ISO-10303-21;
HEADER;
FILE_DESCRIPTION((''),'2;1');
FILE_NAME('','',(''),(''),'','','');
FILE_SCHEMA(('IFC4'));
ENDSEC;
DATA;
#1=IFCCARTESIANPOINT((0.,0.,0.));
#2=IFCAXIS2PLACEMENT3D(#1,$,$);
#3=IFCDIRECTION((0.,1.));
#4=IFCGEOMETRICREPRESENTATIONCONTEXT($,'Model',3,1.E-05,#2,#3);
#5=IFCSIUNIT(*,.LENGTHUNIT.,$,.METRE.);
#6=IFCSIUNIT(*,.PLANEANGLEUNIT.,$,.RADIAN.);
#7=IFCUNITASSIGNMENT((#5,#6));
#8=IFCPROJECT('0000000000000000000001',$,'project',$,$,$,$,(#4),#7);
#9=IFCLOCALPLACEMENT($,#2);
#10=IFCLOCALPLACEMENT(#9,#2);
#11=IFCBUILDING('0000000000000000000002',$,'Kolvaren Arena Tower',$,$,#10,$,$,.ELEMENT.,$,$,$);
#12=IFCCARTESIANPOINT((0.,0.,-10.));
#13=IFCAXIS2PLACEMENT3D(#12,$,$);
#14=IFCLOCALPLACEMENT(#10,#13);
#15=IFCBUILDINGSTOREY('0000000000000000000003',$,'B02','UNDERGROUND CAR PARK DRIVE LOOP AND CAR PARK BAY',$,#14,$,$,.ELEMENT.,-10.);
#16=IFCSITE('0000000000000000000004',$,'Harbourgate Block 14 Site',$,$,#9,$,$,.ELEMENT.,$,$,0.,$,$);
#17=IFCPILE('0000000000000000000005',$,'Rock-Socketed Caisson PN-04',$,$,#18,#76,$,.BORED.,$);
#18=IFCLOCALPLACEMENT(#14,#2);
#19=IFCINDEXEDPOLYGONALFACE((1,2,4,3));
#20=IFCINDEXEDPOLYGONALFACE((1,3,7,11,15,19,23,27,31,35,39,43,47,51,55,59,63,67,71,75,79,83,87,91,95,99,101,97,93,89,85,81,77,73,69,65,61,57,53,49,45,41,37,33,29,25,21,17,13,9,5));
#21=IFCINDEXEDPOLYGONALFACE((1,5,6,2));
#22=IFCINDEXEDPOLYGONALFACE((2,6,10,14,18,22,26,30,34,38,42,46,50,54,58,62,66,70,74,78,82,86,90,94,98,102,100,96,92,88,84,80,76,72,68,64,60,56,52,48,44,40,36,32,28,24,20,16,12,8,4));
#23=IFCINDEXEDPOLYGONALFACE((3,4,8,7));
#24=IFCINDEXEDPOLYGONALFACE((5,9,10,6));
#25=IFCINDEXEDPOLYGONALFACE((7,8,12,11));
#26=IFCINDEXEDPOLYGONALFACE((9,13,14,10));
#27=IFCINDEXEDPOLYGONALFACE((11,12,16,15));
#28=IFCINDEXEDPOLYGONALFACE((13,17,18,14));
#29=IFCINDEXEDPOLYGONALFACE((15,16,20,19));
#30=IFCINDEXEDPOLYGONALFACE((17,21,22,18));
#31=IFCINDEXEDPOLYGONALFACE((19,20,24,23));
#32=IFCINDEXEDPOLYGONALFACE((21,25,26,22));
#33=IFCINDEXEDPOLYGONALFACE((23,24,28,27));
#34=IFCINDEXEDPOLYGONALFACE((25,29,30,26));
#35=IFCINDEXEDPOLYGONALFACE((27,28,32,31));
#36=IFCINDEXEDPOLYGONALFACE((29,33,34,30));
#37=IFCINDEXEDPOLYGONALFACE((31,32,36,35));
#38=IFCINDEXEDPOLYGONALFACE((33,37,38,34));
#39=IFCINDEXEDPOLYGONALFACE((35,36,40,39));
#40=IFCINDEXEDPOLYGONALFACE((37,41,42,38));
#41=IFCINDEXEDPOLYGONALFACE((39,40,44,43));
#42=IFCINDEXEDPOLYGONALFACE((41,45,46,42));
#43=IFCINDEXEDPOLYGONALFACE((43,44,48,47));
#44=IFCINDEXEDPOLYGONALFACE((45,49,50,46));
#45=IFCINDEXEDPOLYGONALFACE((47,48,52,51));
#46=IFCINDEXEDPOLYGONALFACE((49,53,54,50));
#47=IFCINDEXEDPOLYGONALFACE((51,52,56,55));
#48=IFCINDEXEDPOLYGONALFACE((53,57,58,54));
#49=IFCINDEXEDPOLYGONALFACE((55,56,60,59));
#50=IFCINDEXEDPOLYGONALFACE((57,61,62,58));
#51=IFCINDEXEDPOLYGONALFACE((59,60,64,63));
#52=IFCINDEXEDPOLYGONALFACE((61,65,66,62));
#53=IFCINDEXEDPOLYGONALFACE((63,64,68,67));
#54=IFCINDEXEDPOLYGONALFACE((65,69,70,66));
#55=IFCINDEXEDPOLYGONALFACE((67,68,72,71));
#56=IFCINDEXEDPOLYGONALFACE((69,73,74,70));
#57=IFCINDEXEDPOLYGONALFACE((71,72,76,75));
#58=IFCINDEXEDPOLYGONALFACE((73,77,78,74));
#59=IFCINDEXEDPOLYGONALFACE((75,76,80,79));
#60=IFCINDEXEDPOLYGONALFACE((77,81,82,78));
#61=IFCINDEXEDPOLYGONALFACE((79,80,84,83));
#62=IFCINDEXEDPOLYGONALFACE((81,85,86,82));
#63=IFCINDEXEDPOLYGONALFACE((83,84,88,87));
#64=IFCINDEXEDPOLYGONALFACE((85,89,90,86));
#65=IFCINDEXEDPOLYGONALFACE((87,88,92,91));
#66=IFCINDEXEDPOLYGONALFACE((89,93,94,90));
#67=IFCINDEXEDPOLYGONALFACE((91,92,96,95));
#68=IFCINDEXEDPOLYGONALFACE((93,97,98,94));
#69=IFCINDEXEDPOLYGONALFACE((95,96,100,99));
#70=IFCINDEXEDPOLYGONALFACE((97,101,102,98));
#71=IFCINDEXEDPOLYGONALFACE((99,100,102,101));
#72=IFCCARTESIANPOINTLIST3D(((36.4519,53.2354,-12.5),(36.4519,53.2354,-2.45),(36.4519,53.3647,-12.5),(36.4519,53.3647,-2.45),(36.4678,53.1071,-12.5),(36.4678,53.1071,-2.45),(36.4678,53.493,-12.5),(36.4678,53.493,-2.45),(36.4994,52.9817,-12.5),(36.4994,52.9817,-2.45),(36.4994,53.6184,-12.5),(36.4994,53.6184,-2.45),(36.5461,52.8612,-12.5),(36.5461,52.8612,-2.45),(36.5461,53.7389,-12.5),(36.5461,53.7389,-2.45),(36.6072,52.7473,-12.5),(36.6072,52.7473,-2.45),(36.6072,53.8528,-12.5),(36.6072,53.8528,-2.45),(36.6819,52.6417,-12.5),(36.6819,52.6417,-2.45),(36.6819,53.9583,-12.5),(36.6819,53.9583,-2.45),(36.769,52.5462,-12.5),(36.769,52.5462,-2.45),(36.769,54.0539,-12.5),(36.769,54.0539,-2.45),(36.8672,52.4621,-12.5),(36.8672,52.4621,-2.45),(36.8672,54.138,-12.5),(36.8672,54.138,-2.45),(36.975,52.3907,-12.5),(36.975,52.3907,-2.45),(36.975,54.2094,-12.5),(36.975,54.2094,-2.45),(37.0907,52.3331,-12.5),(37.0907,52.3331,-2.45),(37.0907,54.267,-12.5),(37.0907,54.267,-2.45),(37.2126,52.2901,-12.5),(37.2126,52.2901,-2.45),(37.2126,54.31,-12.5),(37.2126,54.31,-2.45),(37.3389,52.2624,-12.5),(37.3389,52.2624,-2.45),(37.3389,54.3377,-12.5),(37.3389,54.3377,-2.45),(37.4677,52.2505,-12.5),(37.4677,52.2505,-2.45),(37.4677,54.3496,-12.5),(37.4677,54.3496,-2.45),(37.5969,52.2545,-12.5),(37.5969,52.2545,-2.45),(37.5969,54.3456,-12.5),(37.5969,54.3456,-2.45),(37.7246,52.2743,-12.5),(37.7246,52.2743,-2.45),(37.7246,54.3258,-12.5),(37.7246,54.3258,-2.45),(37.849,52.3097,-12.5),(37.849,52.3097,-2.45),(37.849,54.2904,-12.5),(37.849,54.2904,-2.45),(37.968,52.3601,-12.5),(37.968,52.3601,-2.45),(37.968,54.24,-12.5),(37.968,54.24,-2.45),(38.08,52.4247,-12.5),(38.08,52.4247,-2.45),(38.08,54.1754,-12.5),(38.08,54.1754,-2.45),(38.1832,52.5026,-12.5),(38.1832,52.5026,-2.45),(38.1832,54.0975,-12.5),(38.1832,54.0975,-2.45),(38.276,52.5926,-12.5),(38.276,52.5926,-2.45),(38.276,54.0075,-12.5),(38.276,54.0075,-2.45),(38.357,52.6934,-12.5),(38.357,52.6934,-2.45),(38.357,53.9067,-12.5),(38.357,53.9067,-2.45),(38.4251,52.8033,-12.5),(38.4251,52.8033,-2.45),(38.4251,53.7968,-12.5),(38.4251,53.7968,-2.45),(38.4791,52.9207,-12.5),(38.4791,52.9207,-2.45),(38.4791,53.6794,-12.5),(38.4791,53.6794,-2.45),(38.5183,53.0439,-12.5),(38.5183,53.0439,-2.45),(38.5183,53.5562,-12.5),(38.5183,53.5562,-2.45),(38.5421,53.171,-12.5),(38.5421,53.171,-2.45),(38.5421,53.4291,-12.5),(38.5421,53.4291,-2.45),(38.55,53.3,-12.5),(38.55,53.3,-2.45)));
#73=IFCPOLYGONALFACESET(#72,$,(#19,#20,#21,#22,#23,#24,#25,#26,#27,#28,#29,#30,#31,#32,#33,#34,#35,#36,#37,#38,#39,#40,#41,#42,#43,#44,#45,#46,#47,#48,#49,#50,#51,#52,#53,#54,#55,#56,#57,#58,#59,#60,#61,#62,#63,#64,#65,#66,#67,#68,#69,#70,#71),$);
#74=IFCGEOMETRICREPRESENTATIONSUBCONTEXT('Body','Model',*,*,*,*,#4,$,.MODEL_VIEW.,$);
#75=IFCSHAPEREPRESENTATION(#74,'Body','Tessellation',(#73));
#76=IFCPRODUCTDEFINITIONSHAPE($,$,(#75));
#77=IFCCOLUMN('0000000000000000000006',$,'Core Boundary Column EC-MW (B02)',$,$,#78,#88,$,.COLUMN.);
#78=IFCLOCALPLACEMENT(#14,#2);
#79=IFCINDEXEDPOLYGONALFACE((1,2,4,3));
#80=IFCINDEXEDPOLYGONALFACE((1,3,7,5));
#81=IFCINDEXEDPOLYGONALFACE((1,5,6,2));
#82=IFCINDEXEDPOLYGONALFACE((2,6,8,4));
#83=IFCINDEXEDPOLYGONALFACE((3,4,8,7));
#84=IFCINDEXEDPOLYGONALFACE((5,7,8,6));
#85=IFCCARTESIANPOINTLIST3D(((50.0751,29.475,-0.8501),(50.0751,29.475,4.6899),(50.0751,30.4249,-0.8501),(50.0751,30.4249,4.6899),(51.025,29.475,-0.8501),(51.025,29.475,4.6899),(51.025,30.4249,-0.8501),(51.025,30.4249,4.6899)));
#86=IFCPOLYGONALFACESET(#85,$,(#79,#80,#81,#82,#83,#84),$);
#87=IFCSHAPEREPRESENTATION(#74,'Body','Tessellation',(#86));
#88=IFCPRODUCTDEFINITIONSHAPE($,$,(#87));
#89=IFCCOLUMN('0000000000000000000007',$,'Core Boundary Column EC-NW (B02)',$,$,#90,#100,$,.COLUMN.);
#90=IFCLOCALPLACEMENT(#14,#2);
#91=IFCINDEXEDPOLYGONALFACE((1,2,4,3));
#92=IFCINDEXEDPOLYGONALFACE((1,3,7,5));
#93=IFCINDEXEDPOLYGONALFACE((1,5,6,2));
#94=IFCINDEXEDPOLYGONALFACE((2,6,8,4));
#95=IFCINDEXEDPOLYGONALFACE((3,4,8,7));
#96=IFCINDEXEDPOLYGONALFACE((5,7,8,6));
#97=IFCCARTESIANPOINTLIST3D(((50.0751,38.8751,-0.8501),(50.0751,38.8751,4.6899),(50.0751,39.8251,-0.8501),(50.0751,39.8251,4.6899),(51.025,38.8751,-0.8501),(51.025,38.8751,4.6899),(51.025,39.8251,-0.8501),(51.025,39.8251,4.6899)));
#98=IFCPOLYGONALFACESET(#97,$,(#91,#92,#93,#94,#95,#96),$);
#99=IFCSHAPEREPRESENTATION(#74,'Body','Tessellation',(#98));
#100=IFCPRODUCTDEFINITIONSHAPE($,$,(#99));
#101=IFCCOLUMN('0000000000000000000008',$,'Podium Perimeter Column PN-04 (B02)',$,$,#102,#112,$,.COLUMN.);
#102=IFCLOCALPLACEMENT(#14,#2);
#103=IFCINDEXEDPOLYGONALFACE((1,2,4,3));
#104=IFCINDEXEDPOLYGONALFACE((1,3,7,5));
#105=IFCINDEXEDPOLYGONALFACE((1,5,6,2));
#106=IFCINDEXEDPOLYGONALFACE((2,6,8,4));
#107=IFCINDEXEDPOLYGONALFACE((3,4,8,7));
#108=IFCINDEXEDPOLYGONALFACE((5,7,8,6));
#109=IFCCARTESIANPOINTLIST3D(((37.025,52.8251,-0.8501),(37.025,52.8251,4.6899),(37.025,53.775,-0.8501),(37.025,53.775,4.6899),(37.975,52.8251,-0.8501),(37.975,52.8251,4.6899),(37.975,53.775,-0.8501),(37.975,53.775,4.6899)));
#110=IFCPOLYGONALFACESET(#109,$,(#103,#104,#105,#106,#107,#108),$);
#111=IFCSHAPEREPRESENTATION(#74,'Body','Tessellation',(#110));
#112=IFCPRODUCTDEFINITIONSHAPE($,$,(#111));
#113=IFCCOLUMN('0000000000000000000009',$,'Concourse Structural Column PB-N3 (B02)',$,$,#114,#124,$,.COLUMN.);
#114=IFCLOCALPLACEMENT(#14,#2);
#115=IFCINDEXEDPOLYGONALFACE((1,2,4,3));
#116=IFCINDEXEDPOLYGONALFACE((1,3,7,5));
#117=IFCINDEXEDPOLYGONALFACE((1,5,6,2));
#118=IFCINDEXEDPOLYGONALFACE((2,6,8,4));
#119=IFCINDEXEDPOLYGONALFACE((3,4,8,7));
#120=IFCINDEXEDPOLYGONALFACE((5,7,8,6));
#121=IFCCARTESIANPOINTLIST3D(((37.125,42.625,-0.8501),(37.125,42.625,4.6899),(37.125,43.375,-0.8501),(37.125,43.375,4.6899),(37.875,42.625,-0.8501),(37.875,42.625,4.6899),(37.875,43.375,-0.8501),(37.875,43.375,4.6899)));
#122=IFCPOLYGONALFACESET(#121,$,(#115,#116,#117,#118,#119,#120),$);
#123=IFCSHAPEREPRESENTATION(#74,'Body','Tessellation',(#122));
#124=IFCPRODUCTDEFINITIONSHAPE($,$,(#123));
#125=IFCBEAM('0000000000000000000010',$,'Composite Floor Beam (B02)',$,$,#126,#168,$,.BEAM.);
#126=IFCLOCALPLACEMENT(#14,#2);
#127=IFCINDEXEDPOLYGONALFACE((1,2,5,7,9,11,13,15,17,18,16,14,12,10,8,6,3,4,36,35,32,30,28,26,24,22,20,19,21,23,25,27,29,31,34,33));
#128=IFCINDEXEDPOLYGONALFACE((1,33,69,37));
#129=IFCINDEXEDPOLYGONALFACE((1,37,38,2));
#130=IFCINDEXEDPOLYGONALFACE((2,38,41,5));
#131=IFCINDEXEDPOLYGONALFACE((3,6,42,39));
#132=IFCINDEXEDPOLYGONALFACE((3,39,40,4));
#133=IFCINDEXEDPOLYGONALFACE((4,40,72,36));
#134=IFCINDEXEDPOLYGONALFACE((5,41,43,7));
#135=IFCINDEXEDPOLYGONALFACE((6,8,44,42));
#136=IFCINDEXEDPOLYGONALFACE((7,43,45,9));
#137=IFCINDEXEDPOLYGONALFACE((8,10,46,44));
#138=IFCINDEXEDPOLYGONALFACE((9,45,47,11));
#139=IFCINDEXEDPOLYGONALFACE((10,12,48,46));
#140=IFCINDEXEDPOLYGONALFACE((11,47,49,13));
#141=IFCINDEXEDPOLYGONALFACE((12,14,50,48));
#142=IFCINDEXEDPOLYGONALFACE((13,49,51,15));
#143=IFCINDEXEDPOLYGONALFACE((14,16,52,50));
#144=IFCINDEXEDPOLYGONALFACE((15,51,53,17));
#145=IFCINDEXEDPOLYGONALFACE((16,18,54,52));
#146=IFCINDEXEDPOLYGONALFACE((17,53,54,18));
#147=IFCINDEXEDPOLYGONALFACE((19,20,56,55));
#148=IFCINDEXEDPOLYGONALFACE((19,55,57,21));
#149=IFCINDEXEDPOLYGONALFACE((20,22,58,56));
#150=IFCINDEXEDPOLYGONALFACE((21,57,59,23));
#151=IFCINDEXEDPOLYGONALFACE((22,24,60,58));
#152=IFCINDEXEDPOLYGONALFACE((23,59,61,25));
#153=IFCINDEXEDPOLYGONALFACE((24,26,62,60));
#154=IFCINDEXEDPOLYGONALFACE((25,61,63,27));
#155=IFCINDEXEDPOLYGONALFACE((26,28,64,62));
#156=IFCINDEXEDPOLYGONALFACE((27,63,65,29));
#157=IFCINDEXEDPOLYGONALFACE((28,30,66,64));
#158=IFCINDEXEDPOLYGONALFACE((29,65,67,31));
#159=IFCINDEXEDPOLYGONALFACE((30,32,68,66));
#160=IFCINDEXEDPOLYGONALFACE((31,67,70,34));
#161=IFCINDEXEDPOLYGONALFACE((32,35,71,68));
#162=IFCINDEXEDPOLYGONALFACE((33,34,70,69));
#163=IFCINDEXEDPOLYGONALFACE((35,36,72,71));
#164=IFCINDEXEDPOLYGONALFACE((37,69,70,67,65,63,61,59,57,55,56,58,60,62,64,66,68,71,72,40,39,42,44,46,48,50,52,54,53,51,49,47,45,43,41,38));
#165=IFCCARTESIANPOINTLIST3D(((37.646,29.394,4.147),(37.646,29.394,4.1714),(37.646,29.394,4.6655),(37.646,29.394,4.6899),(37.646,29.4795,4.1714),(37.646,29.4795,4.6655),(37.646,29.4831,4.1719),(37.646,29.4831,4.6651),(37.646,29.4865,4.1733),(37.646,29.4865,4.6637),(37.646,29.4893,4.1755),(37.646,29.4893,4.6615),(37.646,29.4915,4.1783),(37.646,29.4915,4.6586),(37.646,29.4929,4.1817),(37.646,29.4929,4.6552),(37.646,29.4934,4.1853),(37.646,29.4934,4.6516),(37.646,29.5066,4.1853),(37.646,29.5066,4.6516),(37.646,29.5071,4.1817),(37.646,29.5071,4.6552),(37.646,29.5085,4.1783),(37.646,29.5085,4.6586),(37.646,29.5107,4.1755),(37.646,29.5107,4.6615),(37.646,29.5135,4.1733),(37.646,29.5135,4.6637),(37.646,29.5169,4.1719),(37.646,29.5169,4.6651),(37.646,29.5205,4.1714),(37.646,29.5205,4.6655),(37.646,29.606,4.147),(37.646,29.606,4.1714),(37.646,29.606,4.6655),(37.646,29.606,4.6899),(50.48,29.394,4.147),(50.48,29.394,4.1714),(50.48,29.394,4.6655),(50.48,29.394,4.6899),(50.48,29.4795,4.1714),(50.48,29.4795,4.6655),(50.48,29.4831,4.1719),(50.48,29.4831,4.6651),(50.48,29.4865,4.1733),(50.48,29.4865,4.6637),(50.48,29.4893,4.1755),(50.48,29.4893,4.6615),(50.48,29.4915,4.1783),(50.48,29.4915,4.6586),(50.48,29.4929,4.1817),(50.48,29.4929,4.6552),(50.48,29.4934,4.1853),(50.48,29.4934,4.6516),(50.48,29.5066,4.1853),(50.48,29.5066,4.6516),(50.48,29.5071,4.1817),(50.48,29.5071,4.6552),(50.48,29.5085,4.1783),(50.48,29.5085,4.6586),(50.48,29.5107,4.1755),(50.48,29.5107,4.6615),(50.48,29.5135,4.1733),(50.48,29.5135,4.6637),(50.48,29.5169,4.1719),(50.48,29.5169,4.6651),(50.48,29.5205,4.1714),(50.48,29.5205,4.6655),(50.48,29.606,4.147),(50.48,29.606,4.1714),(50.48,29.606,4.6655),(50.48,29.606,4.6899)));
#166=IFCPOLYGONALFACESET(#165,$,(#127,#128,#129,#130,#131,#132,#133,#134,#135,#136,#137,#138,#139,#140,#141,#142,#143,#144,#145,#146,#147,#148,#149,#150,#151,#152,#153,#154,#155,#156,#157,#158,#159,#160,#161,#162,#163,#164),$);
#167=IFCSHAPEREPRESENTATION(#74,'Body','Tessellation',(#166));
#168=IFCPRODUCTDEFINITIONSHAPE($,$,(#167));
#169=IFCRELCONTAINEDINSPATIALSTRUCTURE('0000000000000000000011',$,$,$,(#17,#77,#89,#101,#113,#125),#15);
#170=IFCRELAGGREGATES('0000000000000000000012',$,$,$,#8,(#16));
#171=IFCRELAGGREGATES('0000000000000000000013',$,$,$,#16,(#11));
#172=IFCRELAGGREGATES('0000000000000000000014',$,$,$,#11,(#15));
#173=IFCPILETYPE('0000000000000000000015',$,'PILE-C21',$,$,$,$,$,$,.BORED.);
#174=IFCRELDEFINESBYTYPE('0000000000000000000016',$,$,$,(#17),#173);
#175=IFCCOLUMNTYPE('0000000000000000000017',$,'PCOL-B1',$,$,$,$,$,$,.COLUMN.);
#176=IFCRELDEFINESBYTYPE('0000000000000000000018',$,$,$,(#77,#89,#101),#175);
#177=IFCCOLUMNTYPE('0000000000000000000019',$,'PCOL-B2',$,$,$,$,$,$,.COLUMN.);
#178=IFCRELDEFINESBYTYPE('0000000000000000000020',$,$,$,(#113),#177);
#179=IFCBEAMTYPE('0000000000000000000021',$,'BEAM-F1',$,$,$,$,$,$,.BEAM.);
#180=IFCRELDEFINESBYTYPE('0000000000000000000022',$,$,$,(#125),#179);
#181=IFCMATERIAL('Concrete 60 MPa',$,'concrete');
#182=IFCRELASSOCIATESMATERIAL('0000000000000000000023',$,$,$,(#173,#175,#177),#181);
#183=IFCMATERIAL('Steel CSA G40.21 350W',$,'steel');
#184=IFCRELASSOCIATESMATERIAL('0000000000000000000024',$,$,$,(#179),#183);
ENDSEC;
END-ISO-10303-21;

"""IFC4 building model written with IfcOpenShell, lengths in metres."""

from ifc_helpers import new_model, si_unit, direction, frame, origin, origin_2d, place, context, subcontext, project, spatial, rectangle, circle, i_section, extrude, material, material_profile, profile_set, type_object, element, save


model = new_model("IFC4")

# Units and contexts
model_context = context("Model", 3, precision=1e-05, world=origin(), true_north=direction((0.0, 1.0)))
body_context = subcontext(model_context, "Body", "Model", "MODEL_VIEW")
ifc_project = project(units=[si_unit("LENGTHUNIT", "METRE"), si_unit("PLANEANGLEUNIT", "RADIAN")], contexts=[model_context])

# Site, building, storey
site_placement = place(None, origin())
site = spatial("IfcSite", under=ifc_project, at=site_placement, Name="Harbourgate Block 14 Site", CompositionType="ELEMENT", RefElevation=0.0)
building_placement = place(site_placement, origin())
building = spatial("IfcBuilding", under=site, at=building_placement, Name="Kolvaren Arena Tower", CompositionType="ELEMENT")
storey_placement = place(building_placement, frame((0.0, 0.0, -10.0)))
storey = spatial("IfcBuildingStorey", under=building, at=storey_placement, Name="B02", Description="UNDERGROUND CAR PARK DRIVE LOOP AND CAR PARK BAY", CompositionType="ELEMENT", Elevation=-10.0)

# Pile
ifc_material_1 = material(Name="Concrete 60 MPa", Category="concrete")
ifc_material_profile_1 = material_profile(ifc_material_1, circle(Radius=1.05, at=origin_2d()), Name="CAISSON-D2100")
ifc_profile_set_1 = profile_set([ifc_material_profile_1], Name="Concrete 60 MPa")
pile_type_1 = type_object("IfcPileType", Name="PILE-C21", PredefinedType="BORED", material=ifc_profile_set_1)
pile_placement = place(storey_placement, frame((37.5, 53.3, -2.45), z_axis=(0.0, 0.0, -1.0), x_axis=(1.0, 0.0, 0.0)))
element("IfcPile", 1, at=pile_placement, inside=storey, type_object=pile_type_1, Name="Rock-Socketed Caisson PN-04", PredefinedType="BORED", context=body_context, shape_type="SweptSolid", body=[
    extrude(circle(Radius=1.05, at=origin_2d()), origin(), (0.0, 0.0, 1.0), 10.05),
])

# Columns
ifc_material_profile_2 = material_profile(ifc_material_1, rectangle(XDim=0.95, YDim=0.95, at=origin_2d()), Name="RC-950x950")
ifc_profile_set_2 = profile_set([ifc_material_profile_2], Name="Concrete 60 MPa")
column_type_1 = type_object("IfcColumnType", Name="PCOL-B1", PredefinedType="COLUMN", material=ifc_profile_set_2)
for number, where, z_axis, x_axis, name in (
    (2, (50.55, 29.95, -0.8501), (0.0, 0.0, 1.0), (1.0, 0.0, 0.0), "Core Boundary Column EC-MW (B02)"),
    (3, (50.55, 39.3501, -0.8501), (0.0, 0.0, 1.0), (1.0, 0.0, 0.0), "Core Boundary Column EC-NW (B02)"),
    (4, (37.5, 53.3, -0.8501), (0.0, 0.0, 1.0), (1.0, 0.0, 0.0), "Podium Perimeter Column PN-04 (B02)"),
):
    element("IfcColumn", number, at=place(storey_placement, frame(where, z_axis=z_axis, x_axis=x_axis)), inside=storey, type_object=column_type_1, Name=name, PredefinedType="COLUMN", context=body_context, shape_type="SweptSolid", body=[
        extrude(rectangle(XDim=0.95, YDim=0.95, at=origin_2d()), origin(), (0.0, 0.0, 1.0), 5.54),
    ])
ifc_material_profile_3 = material_profile(ifc_material_1, rectangle(XDim=0.75, YDim=0.75, at=origin_2d()), Name="RC-750x750")
ifc_profile_set_3 = profile_set([ifc_material_profile_3], Name="Concrete 60 MPa")
column_type_2 = type_object("IfcColumnType", Name="PCOL-B2", PredefinedType="COLUMN", material=ifc_profile_set_3)
column_placement = place(storey_placement, frame((37.5, 43.0, -0.8501), z_axis=(0.0, 0.0, 1.0), x_axis=(1.0, 0.0, 0.0)))
element("IfcColumn", 5, at=column_placement, inside=storey, type_object=column_type_2, Name="Concourse Structural Column PB-N3 (B02)", PredefinedType="COLUMN", context=body_context, shape_type="SweptSolid", body=[
    extrude(rectangle(XDim=0.75, YDim=0.75, at=origin_2d()), origin(), (0.0, 0.0, 1.0), 5.54),
])

# Beam
ifc_material_2 = material(Name="Steel CSA G40.21 350W", Category="steel")
ifc_material_profile_4 = material_profile(ifc_material_2, i_section(OverallWidth=0.2119, OverallDepth=0.543, WebThickness=0.0132, FlangeThickness=0.0244, FilletRadius=0.0139, at=origin_2d()), Name="W530x150")
ifc_profile_set_4 = profile_set([ifc_material_profile_4], Name="Steel CSA G40.21 350W")
beam_type_1 = type_object("IfcBeamType", Name="BEAM-F1", PredefinedType="BEAM", material=ifc_profile_set_4)
for number, where, z_axis, x_axis, name in (
    (6, (37.646, 29.5, 4.4185), (1.0, 0.0, 0.0), (0.0, 1.0, 0.0), "Composite Floor Beam (B02)"),
):
    element("IfcBeam", number, at=place(storey_placement, frame(where, z_axis=z_axis, x_axis=x_axis)), inside=storey, type_object=beam_type_1, Name=name, PredefinedType="BEAM", context=body_context, shape_type="SweptSolid", body=[
        extrude(i_section(OverallWidth=0.2119, OverallDepth=0.543, WebThickness=0.0132, FlangeThickness=0.0244, FilletRadius=0.0139, at=origin_2d()), origin(), (0.0, 0.0, 1.0), 12.834),
    ])

save(model, "model.ifc")
